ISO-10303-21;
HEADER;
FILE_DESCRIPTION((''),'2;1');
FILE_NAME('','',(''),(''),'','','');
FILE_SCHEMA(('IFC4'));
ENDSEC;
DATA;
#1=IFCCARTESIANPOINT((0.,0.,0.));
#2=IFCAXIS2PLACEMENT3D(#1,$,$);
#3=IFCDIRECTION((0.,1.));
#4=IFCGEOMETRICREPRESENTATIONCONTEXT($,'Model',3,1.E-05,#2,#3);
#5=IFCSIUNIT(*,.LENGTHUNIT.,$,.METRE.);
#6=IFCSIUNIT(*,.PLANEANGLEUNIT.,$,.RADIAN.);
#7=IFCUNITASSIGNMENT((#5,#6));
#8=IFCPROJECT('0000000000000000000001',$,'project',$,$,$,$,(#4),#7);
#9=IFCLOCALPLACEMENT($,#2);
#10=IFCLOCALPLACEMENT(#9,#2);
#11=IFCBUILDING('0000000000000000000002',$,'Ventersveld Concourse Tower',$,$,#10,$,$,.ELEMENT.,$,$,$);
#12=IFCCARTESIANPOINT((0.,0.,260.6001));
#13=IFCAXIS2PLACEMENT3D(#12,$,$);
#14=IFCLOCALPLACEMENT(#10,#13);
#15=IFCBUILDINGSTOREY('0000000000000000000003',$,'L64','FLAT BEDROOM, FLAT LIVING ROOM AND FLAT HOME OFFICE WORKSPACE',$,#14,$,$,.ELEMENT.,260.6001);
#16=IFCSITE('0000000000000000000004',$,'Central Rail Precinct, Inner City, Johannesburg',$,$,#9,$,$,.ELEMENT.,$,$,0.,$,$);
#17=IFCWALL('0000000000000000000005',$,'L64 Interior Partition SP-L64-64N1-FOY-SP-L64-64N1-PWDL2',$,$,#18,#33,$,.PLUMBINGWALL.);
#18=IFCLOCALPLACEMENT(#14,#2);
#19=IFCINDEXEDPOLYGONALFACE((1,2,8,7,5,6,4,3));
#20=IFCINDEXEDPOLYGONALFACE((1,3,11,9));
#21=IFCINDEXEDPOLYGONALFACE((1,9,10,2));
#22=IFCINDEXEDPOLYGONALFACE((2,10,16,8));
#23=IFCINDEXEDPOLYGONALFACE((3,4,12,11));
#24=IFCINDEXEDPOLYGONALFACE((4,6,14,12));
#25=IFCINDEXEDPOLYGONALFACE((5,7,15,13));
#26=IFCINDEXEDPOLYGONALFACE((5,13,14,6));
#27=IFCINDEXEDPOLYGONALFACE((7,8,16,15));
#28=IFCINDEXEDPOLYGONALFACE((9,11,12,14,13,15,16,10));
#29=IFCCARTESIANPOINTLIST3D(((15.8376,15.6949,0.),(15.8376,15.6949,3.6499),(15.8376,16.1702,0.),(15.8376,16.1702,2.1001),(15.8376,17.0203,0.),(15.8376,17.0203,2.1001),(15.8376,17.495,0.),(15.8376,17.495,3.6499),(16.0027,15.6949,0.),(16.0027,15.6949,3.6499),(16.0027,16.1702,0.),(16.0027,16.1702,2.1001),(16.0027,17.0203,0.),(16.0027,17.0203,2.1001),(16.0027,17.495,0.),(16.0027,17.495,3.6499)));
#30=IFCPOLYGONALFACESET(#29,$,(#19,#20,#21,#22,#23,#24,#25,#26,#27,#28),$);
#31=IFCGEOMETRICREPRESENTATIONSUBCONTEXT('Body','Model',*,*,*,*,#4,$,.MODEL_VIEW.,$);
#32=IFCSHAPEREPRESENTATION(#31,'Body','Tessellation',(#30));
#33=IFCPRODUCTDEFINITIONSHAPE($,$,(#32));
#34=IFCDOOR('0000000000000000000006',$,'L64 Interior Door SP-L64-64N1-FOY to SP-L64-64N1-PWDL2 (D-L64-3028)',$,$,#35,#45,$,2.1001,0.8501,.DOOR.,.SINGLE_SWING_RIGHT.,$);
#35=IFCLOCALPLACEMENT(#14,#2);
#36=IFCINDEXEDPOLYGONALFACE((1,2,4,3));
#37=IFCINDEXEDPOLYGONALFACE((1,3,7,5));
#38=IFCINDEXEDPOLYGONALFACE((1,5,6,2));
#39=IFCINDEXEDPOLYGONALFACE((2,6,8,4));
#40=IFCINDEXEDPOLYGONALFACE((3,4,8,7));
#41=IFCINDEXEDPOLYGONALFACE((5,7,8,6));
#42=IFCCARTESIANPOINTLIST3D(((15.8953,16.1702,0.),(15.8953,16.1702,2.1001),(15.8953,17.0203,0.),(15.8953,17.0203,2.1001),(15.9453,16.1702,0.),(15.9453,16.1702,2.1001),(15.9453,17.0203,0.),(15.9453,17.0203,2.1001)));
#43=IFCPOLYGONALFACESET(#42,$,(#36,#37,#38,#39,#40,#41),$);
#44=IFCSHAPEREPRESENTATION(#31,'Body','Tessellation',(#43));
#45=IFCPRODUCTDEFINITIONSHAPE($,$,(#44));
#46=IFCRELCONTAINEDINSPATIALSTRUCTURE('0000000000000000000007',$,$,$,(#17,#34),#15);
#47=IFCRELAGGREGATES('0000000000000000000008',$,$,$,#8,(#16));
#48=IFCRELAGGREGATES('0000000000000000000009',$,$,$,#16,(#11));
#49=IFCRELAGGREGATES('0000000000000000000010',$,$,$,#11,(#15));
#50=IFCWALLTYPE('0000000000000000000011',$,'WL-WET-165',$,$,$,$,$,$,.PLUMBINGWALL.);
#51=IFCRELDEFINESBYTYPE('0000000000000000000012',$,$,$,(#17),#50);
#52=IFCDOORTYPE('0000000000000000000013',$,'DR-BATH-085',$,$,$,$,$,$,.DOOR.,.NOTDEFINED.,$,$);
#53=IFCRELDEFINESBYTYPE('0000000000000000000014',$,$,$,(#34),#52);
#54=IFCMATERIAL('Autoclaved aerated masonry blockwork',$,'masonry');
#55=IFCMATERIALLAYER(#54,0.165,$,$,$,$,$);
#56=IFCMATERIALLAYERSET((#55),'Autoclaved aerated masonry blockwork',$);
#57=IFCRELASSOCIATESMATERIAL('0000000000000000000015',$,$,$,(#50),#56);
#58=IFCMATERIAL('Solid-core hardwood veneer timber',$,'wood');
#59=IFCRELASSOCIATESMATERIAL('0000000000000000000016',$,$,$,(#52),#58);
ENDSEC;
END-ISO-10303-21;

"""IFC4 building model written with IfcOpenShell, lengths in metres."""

from ifc_helpers import new_model, si_unit, direction, frame, frame_2d, origin, place, context, subcontext, project, spatial, rectangle, extrude, material, layer, layer_set, type_object, element, fill, save


model = new_model("IFC4")

# Units and contexts
model_context = context("Model", 3, precision=1e-05, world=origin(), true_north=direction((0.0, 1.0)))
body_context = subcontext(model_context, "Body", "Model", "MODEL_VIEW")
ifc_project = project(units=[si_unit("LENGTHUNIT", "METRE"), si_unit("PLANEANGLEUNIT", "RADIAN")], contexts=[model_context])

# Site, building, storey
site_placement = place(None, origin())
site = spatial("IfcSite", under=ifc_project, at=site_placement, Name="Central Rail Precinct, Inner City, Johannesburg", CompositionType="ELEMENT", RefElevation=0.0)
building_placement = place(site_placement, origin())
building = spatial("IfcBuilding", under=site, at=building_placement, Name="Ventersveld Concourse Tower", CompositionType="ELEMENT")
storey_placement = place(building_placement, frame((0.0, 0.0, 260.6001)))
storey = spatial("IfcBuildingStorey", under=building, at=storey_placement, Name="L64", Description="FLAT BEDROOM, FLAT LIVING ROOM AND FLAT HOME OFFICE WORKSPACE", CompositionType="ELEMENT", Elevation=260.6001)

# Shared definitions
ifc_material_1 = material(Name="Solid-core hardwood veneer timber", Category="wood")

# Shared definitions
ifc_material_2 = material(Name="Autoclaved aerated masonry blockwork", Category="masonry")

# Wall, opening, door
ifc_layer_1 = layer(ifc_material_2, 0.165)
ifc_layer_set_1 = layer_set([ifc_layer_1], Name="Autoclaved aerated masonry blockwork")
wall_type_1 = type_object("IfcWallType", Name="WL-WET-165", PredefinedType="PLUMBINGWALL", material=ifc_layer_set_1)
door_type_1 = type_object("IfcDoorType", Name="DR-BATH-085", OperationType="NOTDEFINED", PredefinedType="DOOR", material=ifc_material_1)
wall_1_placement = place(storey_placement, frame((15.9202, 15.6951, 0.0), z_axis=(0.0, 0.0, 1.0), x_axis=(0.0, 1.0, 0.0)))
wall_1 = element("IfcWall", 1, at=wall_1_placement, inside=storey, type_object=wall_type_1, Name="L64 Interior Partition SP-L64-64N1-FOY-SP-L64-64N1-PWDL2", PredefinedType="PLUMBINGWALL", context=body_context, shape_type="SweptSolid", body=[
    extrude(rectangle(XDim=1.8, YDim=0.165, at=frame_2d((0.8999, 0.0))), origin(), (0.0, 0.0, 1.0), 3.6499),
])
opening_1_placement = place(wall_1_placement, frame((0.4751, 0.0, 0.0)))
opening_1 = element("IfcOpeningElement", 2, at=opening_1_placement, cuts=wall_1, PredefinedType="OPENING", context=body_context, shape_type="SweptSolid", body=[
    extrude(rectangle(XDim=0.8501, YDim=2.1001, at=frame_2d((0.425, 1.05))), frame((0.0, 0.0925, 0.0), z_axis=(0.0, -1.0, 0.0), x_axis=(1.0, 0.0, 0.0)), (0.0, 0.0, 1.0), 0.1851),
])
door_1_placement = place(opening_1_placement, origin())
door_1 = element("IfcDoor", 3, at=door_1_placement, inside=storey, type_object=door_type_1, Name="L64 Interior Door SP-L64-64N1-FOY to SP-L64-64N1-PWDL2 (D-L64-3028)", OperationType="SINGLE_SWING_RIGHT", OverallHeight=2.1001, OverallWidth=0.8501, PredefinedType="DOOR", context=body_context, shape_type="SweptSolid", body=[
    extrude(rectangle(XDim=0.8501, YDim=2.1001, at=frame_2d((0.425, 1.05))), frame((0.0, 0.0249, 0.0), z_axis=(0.0, -1.0, 0.0), x_axis=(1.0, 0.0, 0.0)), (0.0, 0.0, 1.0), 0.05),
])
fill(opening_1, door_1)

save(model, "model.ifc")
